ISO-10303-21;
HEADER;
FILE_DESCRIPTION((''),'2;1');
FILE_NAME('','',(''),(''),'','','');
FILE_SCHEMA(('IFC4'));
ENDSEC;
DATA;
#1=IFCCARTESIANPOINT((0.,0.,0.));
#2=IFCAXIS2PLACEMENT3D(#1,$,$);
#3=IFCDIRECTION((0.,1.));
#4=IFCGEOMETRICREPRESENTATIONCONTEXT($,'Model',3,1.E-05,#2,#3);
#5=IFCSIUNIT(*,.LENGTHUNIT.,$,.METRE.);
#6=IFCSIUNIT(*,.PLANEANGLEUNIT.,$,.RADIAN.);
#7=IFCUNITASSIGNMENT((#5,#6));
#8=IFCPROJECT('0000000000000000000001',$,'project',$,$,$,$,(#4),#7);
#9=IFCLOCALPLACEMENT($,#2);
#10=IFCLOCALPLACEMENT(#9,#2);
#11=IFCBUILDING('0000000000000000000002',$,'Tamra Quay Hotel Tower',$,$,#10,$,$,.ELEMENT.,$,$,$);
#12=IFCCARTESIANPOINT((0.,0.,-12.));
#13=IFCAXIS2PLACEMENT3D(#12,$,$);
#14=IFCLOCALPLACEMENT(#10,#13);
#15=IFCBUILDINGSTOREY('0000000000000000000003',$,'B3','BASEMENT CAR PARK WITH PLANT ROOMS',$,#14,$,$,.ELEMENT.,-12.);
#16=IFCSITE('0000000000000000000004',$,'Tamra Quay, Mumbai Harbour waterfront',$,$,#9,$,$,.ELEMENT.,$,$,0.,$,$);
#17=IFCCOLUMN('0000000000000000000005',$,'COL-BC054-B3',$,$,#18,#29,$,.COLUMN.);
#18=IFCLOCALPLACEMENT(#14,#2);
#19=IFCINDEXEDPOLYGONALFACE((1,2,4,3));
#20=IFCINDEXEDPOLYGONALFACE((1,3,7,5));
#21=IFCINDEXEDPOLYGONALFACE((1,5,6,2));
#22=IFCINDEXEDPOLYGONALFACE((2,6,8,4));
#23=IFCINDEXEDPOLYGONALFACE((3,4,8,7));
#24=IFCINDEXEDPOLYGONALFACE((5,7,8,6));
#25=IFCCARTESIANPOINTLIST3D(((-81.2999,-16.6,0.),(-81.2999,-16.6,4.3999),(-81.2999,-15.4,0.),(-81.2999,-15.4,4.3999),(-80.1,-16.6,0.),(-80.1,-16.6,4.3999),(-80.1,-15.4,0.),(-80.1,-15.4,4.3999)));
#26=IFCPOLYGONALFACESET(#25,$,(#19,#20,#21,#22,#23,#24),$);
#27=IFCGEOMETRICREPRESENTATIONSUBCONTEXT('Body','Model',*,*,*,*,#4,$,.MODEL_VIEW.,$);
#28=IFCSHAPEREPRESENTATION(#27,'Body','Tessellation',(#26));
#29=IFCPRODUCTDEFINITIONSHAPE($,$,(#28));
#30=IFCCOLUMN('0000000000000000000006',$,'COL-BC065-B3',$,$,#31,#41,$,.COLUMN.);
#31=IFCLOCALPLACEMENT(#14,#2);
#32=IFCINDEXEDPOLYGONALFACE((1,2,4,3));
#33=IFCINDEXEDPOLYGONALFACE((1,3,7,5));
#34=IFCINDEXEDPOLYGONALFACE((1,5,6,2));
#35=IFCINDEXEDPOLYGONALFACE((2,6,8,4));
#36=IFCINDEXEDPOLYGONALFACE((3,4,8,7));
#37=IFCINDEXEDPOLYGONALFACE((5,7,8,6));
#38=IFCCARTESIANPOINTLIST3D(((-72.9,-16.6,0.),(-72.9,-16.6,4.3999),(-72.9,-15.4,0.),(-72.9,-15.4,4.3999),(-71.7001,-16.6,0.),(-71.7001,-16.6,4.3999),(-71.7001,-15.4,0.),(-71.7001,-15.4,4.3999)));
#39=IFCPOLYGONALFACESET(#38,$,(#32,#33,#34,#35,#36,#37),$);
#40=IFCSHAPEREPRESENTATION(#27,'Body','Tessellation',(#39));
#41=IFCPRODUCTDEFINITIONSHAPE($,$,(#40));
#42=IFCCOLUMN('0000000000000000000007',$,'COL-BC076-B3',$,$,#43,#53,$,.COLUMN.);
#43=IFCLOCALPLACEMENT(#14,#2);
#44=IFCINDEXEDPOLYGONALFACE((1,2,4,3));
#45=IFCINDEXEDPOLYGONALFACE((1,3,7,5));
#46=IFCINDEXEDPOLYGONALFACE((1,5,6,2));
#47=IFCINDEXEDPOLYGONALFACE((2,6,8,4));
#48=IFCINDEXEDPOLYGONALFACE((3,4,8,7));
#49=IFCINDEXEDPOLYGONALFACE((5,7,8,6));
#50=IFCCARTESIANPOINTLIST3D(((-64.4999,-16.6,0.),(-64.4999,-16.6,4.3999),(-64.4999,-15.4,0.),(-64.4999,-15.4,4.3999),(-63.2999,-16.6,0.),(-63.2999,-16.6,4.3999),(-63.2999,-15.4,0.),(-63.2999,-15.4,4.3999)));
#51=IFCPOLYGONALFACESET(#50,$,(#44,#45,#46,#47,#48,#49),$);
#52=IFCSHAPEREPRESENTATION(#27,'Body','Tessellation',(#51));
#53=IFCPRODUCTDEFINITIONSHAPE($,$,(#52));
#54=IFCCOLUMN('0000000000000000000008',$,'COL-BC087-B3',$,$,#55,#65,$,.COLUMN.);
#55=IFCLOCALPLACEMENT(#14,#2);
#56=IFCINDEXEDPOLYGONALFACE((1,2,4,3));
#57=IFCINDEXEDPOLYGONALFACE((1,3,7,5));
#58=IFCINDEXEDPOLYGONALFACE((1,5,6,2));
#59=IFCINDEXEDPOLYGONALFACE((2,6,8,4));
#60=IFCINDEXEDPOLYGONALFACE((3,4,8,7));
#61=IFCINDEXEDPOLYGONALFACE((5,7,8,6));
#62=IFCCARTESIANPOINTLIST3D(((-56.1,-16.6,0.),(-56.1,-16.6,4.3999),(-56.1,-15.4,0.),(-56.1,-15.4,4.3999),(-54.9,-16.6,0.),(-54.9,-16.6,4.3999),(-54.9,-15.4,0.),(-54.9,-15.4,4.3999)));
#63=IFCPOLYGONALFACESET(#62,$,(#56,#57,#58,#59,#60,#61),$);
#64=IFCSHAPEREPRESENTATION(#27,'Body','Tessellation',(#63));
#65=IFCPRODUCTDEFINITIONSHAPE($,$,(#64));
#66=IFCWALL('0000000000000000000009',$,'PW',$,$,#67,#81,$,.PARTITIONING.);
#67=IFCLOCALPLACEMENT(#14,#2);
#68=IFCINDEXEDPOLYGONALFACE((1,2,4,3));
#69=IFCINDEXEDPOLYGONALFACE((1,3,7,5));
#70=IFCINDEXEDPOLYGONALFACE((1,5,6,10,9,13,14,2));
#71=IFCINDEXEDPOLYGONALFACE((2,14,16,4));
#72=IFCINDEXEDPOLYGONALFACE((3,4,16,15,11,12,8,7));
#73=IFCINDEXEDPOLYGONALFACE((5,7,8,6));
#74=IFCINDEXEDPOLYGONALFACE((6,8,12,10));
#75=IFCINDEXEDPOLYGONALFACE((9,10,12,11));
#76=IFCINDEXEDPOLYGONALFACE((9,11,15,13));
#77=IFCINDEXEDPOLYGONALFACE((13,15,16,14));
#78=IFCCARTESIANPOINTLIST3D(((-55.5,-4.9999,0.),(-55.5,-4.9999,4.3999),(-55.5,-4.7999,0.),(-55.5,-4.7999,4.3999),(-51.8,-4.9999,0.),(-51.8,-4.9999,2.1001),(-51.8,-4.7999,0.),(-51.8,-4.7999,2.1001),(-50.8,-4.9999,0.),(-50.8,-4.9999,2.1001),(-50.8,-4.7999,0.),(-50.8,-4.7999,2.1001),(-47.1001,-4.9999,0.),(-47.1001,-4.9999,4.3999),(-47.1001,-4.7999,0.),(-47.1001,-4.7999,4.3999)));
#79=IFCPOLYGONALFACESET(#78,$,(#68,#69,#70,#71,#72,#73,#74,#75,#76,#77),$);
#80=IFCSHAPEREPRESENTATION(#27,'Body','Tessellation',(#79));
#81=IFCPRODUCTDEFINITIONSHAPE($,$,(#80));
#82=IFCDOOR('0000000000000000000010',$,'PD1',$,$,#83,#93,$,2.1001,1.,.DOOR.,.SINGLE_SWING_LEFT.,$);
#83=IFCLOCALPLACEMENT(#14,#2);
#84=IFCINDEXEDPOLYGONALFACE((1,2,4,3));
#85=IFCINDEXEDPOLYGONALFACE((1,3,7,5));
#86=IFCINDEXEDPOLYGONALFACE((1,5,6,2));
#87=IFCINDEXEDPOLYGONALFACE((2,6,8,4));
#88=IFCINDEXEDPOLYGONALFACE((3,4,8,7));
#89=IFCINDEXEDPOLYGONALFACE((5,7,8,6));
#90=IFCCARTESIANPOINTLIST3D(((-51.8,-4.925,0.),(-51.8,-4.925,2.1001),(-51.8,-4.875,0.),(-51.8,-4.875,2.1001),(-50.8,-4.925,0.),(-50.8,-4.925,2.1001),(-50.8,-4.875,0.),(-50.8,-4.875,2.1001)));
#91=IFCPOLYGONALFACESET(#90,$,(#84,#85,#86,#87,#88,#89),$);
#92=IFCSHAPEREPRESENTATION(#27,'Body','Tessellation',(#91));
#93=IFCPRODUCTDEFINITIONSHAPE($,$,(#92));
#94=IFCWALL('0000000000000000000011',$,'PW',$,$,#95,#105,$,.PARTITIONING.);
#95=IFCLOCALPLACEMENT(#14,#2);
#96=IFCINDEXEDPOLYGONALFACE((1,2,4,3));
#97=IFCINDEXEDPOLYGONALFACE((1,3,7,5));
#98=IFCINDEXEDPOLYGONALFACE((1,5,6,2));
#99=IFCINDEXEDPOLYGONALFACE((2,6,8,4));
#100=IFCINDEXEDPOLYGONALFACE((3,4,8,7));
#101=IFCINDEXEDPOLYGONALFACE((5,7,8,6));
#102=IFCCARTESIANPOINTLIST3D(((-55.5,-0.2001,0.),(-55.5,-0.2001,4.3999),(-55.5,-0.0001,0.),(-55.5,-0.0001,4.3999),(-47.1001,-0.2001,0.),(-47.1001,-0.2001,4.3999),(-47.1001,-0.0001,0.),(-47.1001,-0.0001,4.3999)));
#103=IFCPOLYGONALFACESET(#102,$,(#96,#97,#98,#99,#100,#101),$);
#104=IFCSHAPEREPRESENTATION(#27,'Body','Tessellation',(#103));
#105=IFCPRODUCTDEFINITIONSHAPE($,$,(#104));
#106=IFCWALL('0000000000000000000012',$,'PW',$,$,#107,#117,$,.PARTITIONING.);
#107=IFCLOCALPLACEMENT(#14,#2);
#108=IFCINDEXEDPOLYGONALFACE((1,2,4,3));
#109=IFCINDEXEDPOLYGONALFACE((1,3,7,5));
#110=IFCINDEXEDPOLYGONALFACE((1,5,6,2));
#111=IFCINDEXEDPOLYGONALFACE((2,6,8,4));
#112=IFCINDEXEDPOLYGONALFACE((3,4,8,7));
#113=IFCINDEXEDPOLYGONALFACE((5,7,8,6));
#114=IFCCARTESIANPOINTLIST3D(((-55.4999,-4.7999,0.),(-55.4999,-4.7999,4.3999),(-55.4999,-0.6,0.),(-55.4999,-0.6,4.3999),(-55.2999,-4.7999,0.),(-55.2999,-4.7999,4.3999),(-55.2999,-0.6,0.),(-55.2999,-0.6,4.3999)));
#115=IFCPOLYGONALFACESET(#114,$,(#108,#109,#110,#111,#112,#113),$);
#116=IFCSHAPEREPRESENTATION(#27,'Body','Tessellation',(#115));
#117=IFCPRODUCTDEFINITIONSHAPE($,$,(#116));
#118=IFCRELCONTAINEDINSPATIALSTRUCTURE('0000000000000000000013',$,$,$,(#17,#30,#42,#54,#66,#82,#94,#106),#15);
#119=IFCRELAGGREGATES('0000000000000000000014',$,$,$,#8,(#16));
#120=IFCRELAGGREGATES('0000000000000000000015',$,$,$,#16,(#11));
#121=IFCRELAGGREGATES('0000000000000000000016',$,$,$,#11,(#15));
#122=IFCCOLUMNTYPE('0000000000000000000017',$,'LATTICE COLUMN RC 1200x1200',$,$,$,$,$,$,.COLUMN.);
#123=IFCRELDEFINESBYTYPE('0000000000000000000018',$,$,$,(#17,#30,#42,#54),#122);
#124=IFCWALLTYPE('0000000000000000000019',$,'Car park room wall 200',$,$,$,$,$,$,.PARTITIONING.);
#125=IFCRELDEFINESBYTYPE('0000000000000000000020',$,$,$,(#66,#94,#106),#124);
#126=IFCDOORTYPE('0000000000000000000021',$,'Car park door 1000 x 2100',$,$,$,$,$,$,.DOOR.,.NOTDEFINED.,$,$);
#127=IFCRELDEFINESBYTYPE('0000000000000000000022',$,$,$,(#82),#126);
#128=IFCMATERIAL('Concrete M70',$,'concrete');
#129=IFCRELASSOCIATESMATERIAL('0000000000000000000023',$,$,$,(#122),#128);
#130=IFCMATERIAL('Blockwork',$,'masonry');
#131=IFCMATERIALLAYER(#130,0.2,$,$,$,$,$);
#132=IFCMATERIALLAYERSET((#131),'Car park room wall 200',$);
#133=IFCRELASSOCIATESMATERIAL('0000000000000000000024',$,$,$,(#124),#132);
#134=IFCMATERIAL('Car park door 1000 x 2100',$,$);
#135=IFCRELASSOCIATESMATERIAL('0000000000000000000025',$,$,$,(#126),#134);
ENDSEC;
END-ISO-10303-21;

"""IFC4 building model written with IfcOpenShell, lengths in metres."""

from ifc_helpers import new_model, si_unit, direction, frame, frame_2d, origin, origin_2d, place, context, subcontext, project, spatial, rectangle, extrude, material, layer, layer_set, material_profile, profile_set, type_object, element, fill, save


model = new_model("IFC4")

# Units and contexts
model_context = context("Model", 3, precision=1e-05, world=origin(), true_north=direction((0.0, 1.0)))
body_context = subcontext(model_context, "Body", "Model", "MODEL_VIEW")
ifc_project = project(units=[si_unit("LENGTHUNIT", "METRE"), si_unit("PLANEANGLEUNIT", "RADIAN")], contexts=[model_context])

# Site, building, storey
site_placement = place(None, origin())
site = spatial("IfcSite", under=ifc_project, at=site_placement, Name="Tamra Quay, Mumbai Harbour waterfront", CompositionType="ELEMENT", RefElevation=0.0)
building_placement = place(site_placement, origin())
building = spatial("IfcBuilding", under=site, at=building_placement, Name="Tamra Quay Hotel Tower", CompositionType="ELEMENT")
storey_placement = place(building_placement, frame((0.0, 0.0, -12.0)))
storey = spatial("IfcBuildingStorey", under=building, at=storey_placement, Name="B3", Description="BASEMENT CAR PARK WITH PLANT ROOMS", CompositionType="ELEMENT", Elevation=-12.0)

# Columns
ifc_material_1 = material(Name="Concrete M70", Category="concrete")
ifc_material_profile_1 = material_profile(ifc_material_1, rectangle(XDim=1.2, YDim=1.2, at=origin_2d()), Name="LATTICE COLUMN RC 1200x1200")
ifc_profile_set_1 = profile_set([ifc_material_profile_1], Name="Concrete M70")
column_type = type_object("IfcColumnType", Name="LATTICE COLUMN RC 1200x1200", PredefinedType="COLUMN", material=ifc_profile_set_1)
for number, where, z_axis, x_axis, name in (
    (1, (-80.7, -16.0, 0.0), (0.0, 0.0, 1.0), (1.0, 0.0, 0.0), "COL-BC054-B3"),
    (2, (-72.3, -16.0, 0.0), (0.0, 0.0, 1.0), (1.0, 0.0, 0.0), "COL-BC065-B3"),
    (3, (-63.8999, -16.0, 0.0), (0.0, 0.0, 1.0), (1.0, 0.0, 0.0), "COL-BC076-B3"),
    (4, (-55.5, -16.0, 0.0), (0.0, 0.0, 1.0), (1.0, 0.0, 0.0), "COL-BC087-B3"),
):
    element("IfcColumn", number, at=place(storey_placement, frame(where, z_axis=z_axis, x_axis=x_axis)), inside=storey, type_object=column_type, Name=name, PredefinedType="COLUMN", context=body_context, shape_type="SweptSolid", body=[
        extrude(rectangle(XDim=1.2, YDim=1.2, at=origin_2d()), origin(), (0.0, 0.0, 1.0), 4.3999),
    ])

# Wall, opening, door
ifc_material_2 = material(Name="Blockwork", Category="masonry")
ifc_layer = layer(ifc_material_2, 0.2)
ifc_layer_set = layer_set([ifc_layer], Name="Car park room wall 200")
wall_type = type_object("IfcWallType", Name="Car park room wall 200", PredefinedType="PARTITIONING", material=ifc_layer_set)
wall_1_placement = place(storey_placement, frame((-55.5, -4.8999, 0.0), z_axis=(0.0, 0.0, 1.0), x_axis=(1.0, 0.0, 0.0)))
wall_1 = element("IfcWall", 5, at=wall_1_placement, inside=storey, type_object=wall_type, Name="PW", PredefinedType="PARTITIONING", context=body_context, shape_type="SweptSolid", body=[
    extrude(rectangle(XDim=8.3999, YDim=0.2, at=frame_2d((4.2, 0.0))), origin(), (0.0, 0.0, 1.0), 4.3999),
])
opening_placement = place(wall_1_placement, frame((3.7, 0.0, 0.0)))
opening = element("IfcOpeningElement", 6, at=opening_placement, cuts=wall_1, PredefinedType="OPENING", context=body_context, shape_type="SweptSolid", body=[
    extrude(rectangle(XDim=1.0, YDim=2.1001, at=frame_2d((0.5, 1.05))), frame((0.0, 0.1099, 0.0), z_axis=(0.0, -1.0, 0.0), x_axis=(1.0, 0.0, 0.0)), (0.0, 0.0, 1.0), 0.22),
])
ifc_material_3 = material(Name="Car park door 1000 x 2100")
door_type = type_object("IfcDoorType", Name="Car park door 1000 x 2100", OperationType="NOTDEFINED", PredefinedType="DOOR", material=ifc_material_3)
door_placement = place(opening_placement, origin())
door = element("IfcDoor", 7, at=door_placement, inside=storey, type_object=door_type, Name="PD1", OperationType="SINGLE_SWING_LEFT", OverallHeight=2.1001, OverallWidth=1.0, PredefinedType="DOOR", context=body_context, shape_type="SweptSolid", body=[
    extrude(rectangle(XDim=1.0, YDim=2.1001, at=frame_2d((0.5, 1.05))), frame((0.0, 0.0249, 0.0), z_axis=(0.0, -1.0, 0.0), x_axis=(1.0, 0.0, 0.0)), (0.0, 0.0, 1.0), 0.05),
])
fill(opening, door)

# Walls
wall_2_placement = place(storey_placement, frame((-55.5, -0.1001, 0.0), z_axis=(0.0, 0.0, 1.0), x_axis=(1.0, 0.0, 0.0)))
element("IfcWall", 8, at=wall_2_placement, inside=storey, type_object=wall_type, Name="PW", PredefinedType="PARTITIONING", context=body_context, shape_type="SweptSolid", body=[
    extrude(rectangle(XDim=8.3999, YDim=0.2, at=frame_2d((4.2, 0.0))), origin(), (0.0, 0.0, 1.0), 4.3999),
])
wall_3_placement = place(storey_placement, frame((-55.3999, -4.8, 0.0), z_axis=(0.0, 0.0, 1.0), x_axis=(0.0, 1.0, 0.0)))
element("IfcWall", 9, at=wall_3_placement, inside=storey, type_object=wall_type, Name="PW", PredefinedType="PARTITIONING", context=body_context, shape_type="SweptSolid", body=[
    extrude(rectangle(XDim=4.2, YDim=0.2, at=frame_2d((2.1001, 0.0))), origin(), (0.0, 0.0, 1.0), 4.3999),
])

save(model, "model.ifc")
